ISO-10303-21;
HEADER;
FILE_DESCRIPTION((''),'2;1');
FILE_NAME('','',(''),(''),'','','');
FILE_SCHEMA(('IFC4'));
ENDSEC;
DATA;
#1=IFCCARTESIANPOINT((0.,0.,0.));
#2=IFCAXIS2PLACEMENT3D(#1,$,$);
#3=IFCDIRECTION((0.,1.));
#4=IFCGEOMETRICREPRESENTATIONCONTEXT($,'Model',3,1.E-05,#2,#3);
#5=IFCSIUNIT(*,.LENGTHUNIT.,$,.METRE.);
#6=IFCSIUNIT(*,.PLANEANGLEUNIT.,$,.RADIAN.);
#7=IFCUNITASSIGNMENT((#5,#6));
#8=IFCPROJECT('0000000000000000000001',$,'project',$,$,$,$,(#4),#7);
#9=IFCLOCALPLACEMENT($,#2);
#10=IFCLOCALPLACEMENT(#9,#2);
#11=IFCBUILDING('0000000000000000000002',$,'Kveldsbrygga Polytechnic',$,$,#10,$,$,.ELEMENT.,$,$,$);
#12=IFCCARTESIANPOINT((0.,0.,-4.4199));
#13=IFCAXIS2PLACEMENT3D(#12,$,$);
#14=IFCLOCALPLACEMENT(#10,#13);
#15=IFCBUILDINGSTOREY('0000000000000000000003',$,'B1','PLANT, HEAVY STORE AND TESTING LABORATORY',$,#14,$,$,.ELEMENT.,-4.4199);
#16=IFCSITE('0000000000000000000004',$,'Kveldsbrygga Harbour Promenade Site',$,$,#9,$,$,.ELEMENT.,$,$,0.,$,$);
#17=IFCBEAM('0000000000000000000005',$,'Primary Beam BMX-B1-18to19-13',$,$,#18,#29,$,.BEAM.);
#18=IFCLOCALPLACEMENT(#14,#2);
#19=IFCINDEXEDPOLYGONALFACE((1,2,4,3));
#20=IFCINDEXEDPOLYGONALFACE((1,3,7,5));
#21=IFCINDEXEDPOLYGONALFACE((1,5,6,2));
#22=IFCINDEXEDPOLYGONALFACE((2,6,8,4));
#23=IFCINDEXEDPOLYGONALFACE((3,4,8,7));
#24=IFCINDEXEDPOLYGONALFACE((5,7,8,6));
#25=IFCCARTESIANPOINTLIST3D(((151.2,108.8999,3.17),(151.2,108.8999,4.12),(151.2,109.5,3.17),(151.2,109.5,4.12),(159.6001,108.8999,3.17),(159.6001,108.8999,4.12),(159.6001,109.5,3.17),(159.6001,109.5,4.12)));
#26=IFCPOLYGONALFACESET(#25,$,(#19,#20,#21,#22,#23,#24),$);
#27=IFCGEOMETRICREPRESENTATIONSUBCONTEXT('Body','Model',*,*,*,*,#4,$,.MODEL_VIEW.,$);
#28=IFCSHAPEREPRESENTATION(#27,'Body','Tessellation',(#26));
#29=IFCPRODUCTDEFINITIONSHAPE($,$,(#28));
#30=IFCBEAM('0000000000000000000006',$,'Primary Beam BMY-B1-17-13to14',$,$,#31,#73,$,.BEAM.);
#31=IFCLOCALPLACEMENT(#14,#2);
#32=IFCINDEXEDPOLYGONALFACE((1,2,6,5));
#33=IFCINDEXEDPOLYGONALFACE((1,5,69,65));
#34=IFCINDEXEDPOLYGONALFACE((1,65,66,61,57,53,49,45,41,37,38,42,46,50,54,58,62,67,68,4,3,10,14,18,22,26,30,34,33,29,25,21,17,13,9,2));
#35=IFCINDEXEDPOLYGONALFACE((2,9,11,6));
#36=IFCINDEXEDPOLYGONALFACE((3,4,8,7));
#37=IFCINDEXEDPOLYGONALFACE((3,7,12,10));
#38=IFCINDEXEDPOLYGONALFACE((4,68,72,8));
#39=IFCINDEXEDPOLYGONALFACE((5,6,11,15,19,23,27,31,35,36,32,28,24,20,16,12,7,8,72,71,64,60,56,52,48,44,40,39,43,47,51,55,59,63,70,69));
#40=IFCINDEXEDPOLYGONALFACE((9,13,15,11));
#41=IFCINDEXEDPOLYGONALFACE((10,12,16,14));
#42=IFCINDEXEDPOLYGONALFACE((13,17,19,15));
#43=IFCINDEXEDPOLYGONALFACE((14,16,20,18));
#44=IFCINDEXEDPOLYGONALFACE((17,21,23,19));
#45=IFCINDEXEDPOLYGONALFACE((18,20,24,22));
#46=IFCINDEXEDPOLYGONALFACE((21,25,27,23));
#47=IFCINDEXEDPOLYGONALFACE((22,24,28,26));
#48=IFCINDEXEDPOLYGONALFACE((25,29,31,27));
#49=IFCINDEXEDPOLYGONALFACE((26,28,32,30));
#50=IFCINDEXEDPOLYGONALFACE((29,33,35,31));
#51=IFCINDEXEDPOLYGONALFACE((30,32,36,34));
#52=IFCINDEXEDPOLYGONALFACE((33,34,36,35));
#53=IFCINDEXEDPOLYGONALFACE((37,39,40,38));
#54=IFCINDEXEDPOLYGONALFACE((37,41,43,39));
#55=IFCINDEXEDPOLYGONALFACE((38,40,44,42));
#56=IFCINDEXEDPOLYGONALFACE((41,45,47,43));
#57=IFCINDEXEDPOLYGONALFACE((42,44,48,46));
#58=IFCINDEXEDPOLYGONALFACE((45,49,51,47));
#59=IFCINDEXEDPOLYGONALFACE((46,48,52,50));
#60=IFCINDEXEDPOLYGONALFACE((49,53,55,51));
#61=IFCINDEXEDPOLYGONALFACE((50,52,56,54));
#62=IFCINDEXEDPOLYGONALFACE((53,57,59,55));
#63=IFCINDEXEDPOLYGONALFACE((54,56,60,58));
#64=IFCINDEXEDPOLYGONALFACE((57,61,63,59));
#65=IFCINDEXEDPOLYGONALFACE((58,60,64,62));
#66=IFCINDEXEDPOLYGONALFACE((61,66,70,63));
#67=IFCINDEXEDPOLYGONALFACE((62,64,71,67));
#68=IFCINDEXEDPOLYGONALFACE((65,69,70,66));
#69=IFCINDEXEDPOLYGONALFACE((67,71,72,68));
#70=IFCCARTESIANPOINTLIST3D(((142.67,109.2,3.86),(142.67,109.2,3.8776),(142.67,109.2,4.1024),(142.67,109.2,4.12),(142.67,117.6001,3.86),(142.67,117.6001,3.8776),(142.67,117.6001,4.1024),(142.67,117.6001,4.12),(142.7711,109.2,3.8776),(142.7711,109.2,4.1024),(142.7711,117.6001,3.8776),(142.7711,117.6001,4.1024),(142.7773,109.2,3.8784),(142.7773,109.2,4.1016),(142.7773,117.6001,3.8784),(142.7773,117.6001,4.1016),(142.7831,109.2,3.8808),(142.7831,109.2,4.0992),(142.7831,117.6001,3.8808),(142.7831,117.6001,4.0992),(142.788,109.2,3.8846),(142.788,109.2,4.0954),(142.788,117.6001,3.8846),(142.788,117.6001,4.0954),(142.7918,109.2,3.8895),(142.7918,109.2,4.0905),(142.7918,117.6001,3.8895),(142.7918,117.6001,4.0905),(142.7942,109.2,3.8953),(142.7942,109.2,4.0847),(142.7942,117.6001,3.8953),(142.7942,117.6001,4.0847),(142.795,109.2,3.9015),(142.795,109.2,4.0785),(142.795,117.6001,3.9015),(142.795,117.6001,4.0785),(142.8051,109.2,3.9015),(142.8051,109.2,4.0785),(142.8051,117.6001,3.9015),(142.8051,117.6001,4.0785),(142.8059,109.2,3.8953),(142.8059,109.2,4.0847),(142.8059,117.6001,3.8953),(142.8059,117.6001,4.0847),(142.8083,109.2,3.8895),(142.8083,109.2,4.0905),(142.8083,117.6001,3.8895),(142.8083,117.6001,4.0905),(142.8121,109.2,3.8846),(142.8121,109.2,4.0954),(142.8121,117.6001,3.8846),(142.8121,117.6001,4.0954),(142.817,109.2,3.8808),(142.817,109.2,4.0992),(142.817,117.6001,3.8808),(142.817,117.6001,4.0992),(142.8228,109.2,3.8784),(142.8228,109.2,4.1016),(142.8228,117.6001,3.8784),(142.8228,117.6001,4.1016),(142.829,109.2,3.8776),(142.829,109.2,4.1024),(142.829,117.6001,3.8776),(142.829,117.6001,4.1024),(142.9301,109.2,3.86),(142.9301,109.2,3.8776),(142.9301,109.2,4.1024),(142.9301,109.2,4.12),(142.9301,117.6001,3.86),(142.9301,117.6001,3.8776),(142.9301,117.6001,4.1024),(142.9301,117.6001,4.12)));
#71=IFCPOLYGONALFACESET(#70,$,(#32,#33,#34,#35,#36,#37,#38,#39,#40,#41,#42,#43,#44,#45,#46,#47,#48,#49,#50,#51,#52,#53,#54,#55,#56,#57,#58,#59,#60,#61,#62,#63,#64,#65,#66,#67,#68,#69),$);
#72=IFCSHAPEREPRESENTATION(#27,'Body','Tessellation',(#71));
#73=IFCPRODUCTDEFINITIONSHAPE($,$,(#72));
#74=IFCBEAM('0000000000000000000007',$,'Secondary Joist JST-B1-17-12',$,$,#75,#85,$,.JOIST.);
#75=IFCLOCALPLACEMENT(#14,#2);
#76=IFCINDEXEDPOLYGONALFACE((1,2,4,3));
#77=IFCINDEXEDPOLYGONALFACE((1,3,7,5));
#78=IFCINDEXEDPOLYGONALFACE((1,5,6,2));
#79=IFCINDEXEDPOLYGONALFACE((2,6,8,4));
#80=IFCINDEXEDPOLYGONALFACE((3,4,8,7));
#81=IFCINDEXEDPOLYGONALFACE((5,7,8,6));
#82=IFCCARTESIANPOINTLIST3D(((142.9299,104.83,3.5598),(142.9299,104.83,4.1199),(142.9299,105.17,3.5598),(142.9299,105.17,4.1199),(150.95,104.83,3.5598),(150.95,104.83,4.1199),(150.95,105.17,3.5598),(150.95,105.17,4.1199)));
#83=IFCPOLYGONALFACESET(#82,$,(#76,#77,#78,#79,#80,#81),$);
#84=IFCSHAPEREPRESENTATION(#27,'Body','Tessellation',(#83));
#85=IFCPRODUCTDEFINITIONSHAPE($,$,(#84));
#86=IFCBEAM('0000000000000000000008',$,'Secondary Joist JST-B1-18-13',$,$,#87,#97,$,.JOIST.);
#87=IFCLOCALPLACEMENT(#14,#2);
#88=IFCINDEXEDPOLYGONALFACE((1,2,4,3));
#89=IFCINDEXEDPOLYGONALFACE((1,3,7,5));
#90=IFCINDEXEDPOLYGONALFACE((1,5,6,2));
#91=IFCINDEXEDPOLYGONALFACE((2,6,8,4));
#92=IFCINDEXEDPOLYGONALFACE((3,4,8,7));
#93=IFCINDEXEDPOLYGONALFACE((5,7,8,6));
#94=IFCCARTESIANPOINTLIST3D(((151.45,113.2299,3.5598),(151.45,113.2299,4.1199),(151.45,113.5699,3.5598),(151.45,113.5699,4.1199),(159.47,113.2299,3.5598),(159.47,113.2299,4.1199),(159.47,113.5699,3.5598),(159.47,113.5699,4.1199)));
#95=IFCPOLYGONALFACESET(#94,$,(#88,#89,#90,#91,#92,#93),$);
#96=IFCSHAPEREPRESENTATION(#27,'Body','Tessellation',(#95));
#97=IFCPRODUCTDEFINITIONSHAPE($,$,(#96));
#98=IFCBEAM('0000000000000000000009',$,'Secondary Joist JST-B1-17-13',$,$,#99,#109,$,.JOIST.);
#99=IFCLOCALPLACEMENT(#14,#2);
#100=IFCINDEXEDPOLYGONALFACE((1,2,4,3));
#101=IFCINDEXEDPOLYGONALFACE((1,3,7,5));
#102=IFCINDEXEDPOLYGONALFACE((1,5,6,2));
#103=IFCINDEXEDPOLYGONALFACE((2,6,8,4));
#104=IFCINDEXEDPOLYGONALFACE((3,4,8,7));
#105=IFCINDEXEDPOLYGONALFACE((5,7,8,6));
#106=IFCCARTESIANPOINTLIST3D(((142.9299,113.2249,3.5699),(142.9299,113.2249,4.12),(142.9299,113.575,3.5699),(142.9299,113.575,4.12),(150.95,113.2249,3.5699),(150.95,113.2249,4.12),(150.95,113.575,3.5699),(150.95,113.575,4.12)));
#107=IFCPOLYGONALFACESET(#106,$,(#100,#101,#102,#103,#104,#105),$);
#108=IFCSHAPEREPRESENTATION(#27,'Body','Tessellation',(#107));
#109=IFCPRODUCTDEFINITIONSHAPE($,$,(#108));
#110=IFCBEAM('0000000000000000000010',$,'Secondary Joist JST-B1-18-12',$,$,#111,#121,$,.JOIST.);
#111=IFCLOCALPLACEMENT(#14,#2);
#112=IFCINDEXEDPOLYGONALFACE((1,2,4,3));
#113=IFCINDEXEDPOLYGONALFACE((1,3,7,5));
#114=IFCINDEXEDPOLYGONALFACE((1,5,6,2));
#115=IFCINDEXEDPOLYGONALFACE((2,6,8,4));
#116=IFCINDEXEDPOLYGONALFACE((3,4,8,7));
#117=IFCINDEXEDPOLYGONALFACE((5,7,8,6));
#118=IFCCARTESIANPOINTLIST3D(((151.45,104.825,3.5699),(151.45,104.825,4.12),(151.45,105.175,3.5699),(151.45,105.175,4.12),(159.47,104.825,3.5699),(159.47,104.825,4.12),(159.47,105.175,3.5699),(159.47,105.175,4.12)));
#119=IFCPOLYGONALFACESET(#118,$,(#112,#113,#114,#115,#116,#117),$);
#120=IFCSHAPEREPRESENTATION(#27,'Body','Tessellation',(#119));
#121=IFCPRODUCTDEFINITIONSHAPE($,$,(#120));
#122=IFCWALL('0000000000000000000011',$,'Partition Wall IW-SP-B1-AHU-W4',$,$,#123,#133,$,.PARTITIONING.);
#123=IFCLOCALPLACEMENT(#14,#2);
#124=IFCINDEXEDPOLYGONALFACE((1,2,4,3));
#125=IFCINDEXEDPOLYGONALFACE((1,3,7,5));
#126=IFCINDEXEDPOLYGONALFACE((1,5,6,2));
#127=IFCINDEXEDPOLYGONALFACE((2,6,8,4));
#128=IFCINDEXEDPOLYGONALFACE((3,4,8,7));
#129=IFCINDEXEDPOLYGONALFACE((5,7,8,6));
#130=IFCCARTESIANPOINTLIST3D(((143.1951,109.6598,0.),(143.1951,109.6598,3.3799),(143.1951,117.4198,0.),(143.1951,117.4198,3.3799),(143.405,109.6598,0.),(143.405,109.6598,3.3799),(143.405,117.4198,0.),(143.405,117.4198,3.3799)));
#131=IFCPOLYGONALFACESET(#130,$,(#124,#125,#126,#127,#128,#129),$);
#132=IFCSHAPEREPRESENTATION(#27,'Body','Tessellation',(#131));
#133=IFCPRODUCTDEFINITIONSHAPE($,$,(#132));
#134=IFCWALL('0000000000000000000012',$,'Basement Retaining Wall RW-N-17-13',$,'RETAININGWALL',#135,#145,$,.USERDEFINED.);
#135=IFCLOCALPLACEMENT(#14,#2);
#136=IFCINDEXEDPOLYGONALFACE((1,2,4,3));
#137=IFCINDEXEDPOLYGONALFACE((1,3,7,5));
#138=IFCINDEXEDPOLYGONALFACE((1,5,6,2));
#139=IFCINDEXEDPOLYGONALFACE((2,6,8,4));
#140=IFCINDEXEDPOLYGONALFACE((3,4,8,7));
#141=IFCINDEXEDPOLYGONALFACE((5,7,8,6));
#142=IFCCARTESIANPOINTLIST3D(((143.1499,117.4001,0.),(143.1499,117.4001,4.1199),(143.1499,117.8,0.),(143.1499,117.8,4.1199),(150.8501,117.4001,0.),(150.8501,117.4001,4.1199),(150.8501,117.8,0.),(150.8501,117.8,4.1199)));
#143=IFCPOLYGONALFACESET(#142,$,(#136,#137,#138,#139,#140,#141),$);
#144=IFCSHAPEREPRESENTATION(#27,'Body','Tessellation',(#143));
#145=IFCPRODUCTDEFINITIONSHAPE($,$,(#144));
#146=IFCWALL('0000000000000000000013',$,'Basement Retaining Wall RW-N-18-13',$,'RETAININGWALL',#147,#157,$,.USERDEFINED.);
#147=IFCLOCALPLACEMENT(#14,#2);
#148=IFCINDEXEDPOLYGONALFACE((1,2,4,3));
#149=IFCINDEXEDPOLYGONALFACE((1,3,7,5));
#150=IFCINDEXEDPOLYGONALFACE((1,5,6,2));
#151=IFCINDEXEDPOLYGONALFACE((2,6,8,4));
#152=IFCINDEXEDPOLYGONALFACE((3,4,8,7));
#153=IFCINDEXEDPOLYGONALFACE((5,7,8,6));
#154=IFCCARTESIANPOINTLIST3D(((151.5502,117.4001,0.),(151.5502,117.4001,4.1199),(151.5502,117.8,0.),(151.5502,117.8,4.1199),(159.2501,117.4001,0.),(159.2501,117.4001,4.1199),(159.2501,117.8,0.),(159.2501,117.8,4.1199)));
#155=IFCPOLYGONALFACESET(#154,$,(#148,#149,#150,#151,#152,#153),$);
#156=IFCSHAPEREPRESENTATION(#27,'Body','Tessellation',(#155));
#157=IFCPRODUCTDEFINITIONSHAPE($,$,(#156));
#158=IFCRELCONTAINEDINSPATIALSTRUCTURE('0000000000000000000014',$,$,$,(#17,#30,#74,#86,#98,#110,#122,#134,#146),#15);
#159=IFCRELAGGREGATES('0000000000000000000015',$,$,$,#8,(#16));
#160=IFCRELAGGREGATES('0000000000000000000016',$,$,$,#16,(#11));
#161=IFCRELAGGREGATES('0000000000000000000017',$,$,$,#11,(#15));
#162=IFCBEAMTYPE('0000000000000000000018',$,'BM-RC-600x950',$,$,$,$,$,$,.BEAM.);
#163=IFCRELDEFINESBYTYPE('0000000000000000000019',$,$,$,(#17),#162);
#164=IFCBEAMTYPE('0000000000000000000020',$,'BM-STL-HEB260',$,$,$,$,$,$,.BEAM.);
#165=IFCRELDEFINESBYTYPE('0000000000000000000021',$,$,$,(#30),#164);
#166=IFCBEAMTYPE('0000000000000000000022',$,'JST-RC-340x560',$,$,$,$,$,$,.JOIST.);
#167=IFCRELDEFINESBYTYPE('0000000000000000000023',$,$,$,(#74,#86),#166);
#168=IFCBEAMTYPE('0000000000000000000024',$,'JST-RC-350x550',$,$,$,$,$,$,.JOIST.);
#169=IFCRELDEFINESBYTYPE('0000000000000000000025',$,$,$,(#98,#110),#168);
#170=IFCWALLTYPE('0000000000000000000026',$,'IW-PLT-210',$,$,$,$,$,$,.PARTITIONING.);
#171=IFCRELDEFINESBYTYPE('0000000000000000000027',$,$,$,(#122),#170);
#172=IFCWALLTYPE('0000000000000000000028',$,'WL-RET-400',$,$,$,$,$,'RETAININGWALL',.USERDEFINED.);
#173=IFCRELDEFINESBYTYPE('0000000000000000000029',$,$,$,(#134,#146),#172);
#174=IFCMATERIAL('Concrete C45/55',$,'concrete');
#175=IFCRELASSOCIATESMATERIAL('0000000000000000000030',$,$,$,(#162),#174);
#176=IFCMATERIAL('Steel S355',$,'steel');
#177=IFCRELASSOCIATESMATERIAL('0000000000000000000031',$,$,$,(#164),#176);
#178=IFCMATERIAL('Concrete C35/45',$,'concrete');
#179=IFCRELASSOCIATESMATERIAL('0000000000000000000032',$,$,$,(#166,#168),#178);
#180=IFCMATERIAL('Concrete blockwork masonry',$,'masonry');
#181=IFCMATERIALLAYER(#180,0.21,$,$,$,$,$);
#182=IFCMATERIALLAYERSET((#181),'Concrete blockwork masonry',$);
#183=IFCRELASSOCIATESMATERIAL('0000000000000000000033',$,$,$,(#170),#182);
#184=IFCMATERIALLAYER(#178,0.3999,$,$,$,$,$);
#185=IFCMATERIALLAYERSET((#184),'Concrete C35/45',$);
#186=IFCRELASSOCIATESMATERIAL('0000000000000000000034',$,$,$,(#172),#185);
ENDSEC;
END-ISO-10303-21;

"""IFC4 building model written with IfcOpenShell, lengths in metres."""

from ifc_helpers import new_model, si_unit, direction, frame, frame_2d, origin, origin_2d, place, context, subcontext, project, spatial, rectangle, i_section, extrude, material, layer, layer_set, material_profile, profile_set, type_object, element, save


model = new_model("IFC4")

# Units and contexts
model_context = context("Model", 3, precision=1e-05, world=origin(), true_north=direction((0.0, 1.0)))
body_context = subcontext(model_context, "Body", "Model", "MODEL_VIEW")
ifc_project = project(units=[si_unit("LENGTHUNIT", "METRE"), si_unit("PLANEANGLEUNIT", "RADIAN")], contexts=[model_context])

# Site, building, storey
site_placement = place(None, origin())
site = spatial("IfcSite", under=ifc_project, at=site_placement, Name="Kveldsbrygga Harbour Promenade Site", CompositionType="ELEMENT", RefElevation=0.0)
building_placement = place(site_placement, origin())
building = spatial("IfcBuilding", under=site, at=building_placement, Name="Kveldsbrygga Polytechnic", CompositionType="ELEMENT")
storey_placement = place(building_placement, frame((0.0, 0.0, -4.4199)))
storey = spatial("IfcBuildingStorey", under=building, at=storey_placement, Name="B1", Description="PLANT, HEAVY STORE AND TESTING LABORATORY", CompositionType="ELEMENT", Elevation=-4.4199)

# Shared definitions
ifc_material_1 = material(Name="Concrete C45/55", Category="concrete")

# Beams
ifc_material_2 = material(Name="Concrete C35/45", Category="concrete")
ifc_material_profile_1 = material_profile(ifc_material_1, rectangle(XDim=0.6001, YDim=0.95, at=origin_2d()), Name="RC 600x950")
ifc_profile_set_1 = profile_set([ifc_material_profile_1], Name="Concrete C45/55")
beam_type_1 = type_object("IfcBeamType", Name="BM-RC-600x950", PredefinedType="BEAM", material=ifc_profile_set_1)
beam_1_placement = place(storey_placement, frame((151.2, 109.2, 3.645), z_axis=(1.0, 0.0, 0.0), x_axis=(0.0, 1.0, 0.0)))
element("IfcBeam", 1, at=beam_1_placement, inside=storey, type_object=beam_type_1, Name="Primary Beam BMX-B1-18to19-13", PredefinedType="BEAM", context=body_context, shape_type="SweptSolid", body=[
    extrude(rectangle(XDim=0.6001, YDim=0.95, at=origin_2d()), origin(), (0.0, 0.0, 1.0), 8.4001),
])
ifc_material_3 = material(Name="Steel S355", Category="steel")
ifc_material_profile_2 = material_profile(ifc_material_3, i_section(OverallWidth=0.26, OverallDepth=0.26, WebThickness=0.01, FlangeThickness=0.0176, FilletRadius=0.0239, at=origin_2d()), Name="HEB 260")
ifc_profile_set_2 = profile_set([ifc_material_profile_2], Name="Steel S355")
beam_type_2 = type_object("IfcBeamType", Name="BM-STL-HEB260", PredefinedType="BEAM", material=ifc_profile_set_2)
beam_2_placement = place(storey_placement, frame((142.8, 109.2, 3.99), z_axis=(0.0, 1.0, 0.0), x_axis=(-1.0, 0.0, 0.0)))
element("IfcBeam", 2, at=beam_2_placement, inside=storey, type_object=beam_type_2, Name="Primary Beam BMY-B1-17-13to14", PredefinedType="BEAM", context=body_context, shape_type="SweptSolid", body=[
    extrude(i_section(OverallWidth=0.26, OverallDepth=0.26, WebThickness=0.01, FlangeThickness=0.0176, FilletRadius=0.0239, at=origin_2d()), origin(), (0.0, 0.0, 1.0), 8.4001),
])
ifc_material_profile_3 = material_profile(ifc_material_2, rectangle(XDim=0.3401, YDim=0.5601, at=origin_2d()), Name="RC 340x560")
ifc_profile_set_3 = profile_set([ifc_material_profile_3], Name="Concrete C35/45")
beam_type_3 = type_object("IfcBeamType", Name="JST-RC-340x560", PredefinedType="JOIST", material=ifc_profile_set_3)
for number, where, z_axis, x_axis, name in (
    (3, (142.9299, 105.0, 3.8398), (1.0, 0.0, 0.0), (0.0, 1.0, 0.0), "Secondary Joist JST-B1-17-12"),
    (4, (151.45, 113.3999, 3.8398), (1.0, 0.0, 0.0), (0.0, 1.0, 0.0), "Secondary Joist JST-B1-18-13"),
):
    element("IfcBeam", number, at=place(storey_placement, frame(where, z_axis=z_axis, x_axis=x_axis)), inside=storey, type_object=beam_type_3, Name=name, PredefinedType="JOIST", context=body_context, shape_type="SweptSolid", body=[
        extrude(rectangle(XDim=0.3401, YDim=0.5601, at=origin_2d()), origin(), (0.0, 0.0, 1.0), 8.02),
    ])
ifc_material_profile_4 = material_profile(ifc_material_2, rectangle(XDim=0.3501, YDim=0.55, at=origin_2d()), Name="RC 350x550")
ifc_profile_set_4 = profile_set([ifc_material_profile_4], Name="Concrete C35/45")
beam_type_4 = type_object("IfcBeamType", Name="JST-RC-350x550", PredefinedType="JOIST", material=ifc_profile_set_4)
for number, where, z_axis, x_axis, name in (
    (5, (142.9299, 113.3999, 3.845), (1.0, 0.0, 0.0), (0.0, 1.0, 0.0), "Secondary Joist JST-B1-17-13"),
    (6, (151.45, 105.0, 3.845), (1.0, 0.0, 0.0), (0.0, 1.0, 0.0), "Secondary Joist JST-B1-18-12"),
):
    element("IfcBeam", number, at=place(storey_placement, frame(where, z_axis=z_axis, x_axis=x_axis)), inside=storey, type_object=beam_type_4, Name=name, PredefinedType="JOIST", context=body_context, shape_type="SweptSolid", body=[
        extrude(rectangle(XDim=0.3501, YDim=0.55, at=origin_2d()), origin(), (0.0, 0.0, 1.0), 8.02),
    ])

# Walls
ifc_material_4 = material(Name="Concrete blockwork masonry", Category="masonry")
ifc_layer_1 = layer(ifc_material_4, 0.21)
ifc_layer_set_1 = layer_set([ifc_layer_1], Name="Concrete blockwork masonry")
wall_type_1 = type_object("IfcWallType", Name="IW-PLT-210", PredefinedType="PARTITIONING", material=ifc_layer_set_1)
wall_1_placement = place(storey_placement, frame((143.3, 109.6599, 0.0), z_axis=(0.0, 0.0, 1.0), x_axis=(0.0, 1.0, 0.0)))
element("IfcWall", 7, at=wall_1_placement, inside=storey, type_object=wall_type_1, Name="Partition Wall IW-SP-B1-AHU-W4", PredefinedType="PARTITIONING", context=body_context, shape_type="SweptSolid", body=[
    extrude(rectangle(XDim=7.76, YDim=0.21, at=frame_2d((3.8799, 0.0))), origin(), (0.0, 0.0, 1.0), 3.3799),
])
ifc_layer_2 = layer(ifc_material_2, 0.3999)
ifc_layer_set_2 = layer_set([ifc_layer_2], Name="Concrete C35/45")
wall_type_2 = type_object("IfcWallType", Name="WL-RET-400", ElementType="RETAININGWALL", PredefinedType="USERDEFINED", material=ifc_layer_set_2)
wall_2_placement = place(storey_placement, frame((143.1499, 117.6001, 0.0), z_axis=(0.0, 0.0, 1.0), x_axis=(1.0, 0.0, 0.0)))
element("IfcWall", 8, at=wall_2_placement, inside=storey, type_object=wall_type_2, Name="Basement Retaining Wall RW-N-17-13", ObjectType="RETAININGWALL", PredefinedType="USERDEFINED", context=body_context, shape_type="SweptSolid", body=[
    extrude(rectangle(XDim=7.7002, YDim=0.3999, at=frame_2d((3.8501, 0.0))), origin(), (0.0, 0.0, 1.0), 4.1199),
])
wall_3_placement = place(storey_placement, frame((151.55, 117.6001, 0.0), z_axis=(0.0, 0.0, 1.0), x_axis=(1.0, 0.0, 0.0)))
element("IfcWall", 9, at=wall_3_placement, inside=storey, type_object=wall_type_2, Name="Basement Retaining Wall RW-N-18-13", ObjectType="RETAININGWALL", PredefinedType="USERDEFINED", context=body_context, shape_type="SweptSolid", body=[
    extrude(rectangle(XDim=7.7, YDim=0.3999, at=frame_2d((3.8501, 0.0))), origin(), (0.0, 0.0, 1.0), 4.1199),
])

save(model, "model.ifc")
